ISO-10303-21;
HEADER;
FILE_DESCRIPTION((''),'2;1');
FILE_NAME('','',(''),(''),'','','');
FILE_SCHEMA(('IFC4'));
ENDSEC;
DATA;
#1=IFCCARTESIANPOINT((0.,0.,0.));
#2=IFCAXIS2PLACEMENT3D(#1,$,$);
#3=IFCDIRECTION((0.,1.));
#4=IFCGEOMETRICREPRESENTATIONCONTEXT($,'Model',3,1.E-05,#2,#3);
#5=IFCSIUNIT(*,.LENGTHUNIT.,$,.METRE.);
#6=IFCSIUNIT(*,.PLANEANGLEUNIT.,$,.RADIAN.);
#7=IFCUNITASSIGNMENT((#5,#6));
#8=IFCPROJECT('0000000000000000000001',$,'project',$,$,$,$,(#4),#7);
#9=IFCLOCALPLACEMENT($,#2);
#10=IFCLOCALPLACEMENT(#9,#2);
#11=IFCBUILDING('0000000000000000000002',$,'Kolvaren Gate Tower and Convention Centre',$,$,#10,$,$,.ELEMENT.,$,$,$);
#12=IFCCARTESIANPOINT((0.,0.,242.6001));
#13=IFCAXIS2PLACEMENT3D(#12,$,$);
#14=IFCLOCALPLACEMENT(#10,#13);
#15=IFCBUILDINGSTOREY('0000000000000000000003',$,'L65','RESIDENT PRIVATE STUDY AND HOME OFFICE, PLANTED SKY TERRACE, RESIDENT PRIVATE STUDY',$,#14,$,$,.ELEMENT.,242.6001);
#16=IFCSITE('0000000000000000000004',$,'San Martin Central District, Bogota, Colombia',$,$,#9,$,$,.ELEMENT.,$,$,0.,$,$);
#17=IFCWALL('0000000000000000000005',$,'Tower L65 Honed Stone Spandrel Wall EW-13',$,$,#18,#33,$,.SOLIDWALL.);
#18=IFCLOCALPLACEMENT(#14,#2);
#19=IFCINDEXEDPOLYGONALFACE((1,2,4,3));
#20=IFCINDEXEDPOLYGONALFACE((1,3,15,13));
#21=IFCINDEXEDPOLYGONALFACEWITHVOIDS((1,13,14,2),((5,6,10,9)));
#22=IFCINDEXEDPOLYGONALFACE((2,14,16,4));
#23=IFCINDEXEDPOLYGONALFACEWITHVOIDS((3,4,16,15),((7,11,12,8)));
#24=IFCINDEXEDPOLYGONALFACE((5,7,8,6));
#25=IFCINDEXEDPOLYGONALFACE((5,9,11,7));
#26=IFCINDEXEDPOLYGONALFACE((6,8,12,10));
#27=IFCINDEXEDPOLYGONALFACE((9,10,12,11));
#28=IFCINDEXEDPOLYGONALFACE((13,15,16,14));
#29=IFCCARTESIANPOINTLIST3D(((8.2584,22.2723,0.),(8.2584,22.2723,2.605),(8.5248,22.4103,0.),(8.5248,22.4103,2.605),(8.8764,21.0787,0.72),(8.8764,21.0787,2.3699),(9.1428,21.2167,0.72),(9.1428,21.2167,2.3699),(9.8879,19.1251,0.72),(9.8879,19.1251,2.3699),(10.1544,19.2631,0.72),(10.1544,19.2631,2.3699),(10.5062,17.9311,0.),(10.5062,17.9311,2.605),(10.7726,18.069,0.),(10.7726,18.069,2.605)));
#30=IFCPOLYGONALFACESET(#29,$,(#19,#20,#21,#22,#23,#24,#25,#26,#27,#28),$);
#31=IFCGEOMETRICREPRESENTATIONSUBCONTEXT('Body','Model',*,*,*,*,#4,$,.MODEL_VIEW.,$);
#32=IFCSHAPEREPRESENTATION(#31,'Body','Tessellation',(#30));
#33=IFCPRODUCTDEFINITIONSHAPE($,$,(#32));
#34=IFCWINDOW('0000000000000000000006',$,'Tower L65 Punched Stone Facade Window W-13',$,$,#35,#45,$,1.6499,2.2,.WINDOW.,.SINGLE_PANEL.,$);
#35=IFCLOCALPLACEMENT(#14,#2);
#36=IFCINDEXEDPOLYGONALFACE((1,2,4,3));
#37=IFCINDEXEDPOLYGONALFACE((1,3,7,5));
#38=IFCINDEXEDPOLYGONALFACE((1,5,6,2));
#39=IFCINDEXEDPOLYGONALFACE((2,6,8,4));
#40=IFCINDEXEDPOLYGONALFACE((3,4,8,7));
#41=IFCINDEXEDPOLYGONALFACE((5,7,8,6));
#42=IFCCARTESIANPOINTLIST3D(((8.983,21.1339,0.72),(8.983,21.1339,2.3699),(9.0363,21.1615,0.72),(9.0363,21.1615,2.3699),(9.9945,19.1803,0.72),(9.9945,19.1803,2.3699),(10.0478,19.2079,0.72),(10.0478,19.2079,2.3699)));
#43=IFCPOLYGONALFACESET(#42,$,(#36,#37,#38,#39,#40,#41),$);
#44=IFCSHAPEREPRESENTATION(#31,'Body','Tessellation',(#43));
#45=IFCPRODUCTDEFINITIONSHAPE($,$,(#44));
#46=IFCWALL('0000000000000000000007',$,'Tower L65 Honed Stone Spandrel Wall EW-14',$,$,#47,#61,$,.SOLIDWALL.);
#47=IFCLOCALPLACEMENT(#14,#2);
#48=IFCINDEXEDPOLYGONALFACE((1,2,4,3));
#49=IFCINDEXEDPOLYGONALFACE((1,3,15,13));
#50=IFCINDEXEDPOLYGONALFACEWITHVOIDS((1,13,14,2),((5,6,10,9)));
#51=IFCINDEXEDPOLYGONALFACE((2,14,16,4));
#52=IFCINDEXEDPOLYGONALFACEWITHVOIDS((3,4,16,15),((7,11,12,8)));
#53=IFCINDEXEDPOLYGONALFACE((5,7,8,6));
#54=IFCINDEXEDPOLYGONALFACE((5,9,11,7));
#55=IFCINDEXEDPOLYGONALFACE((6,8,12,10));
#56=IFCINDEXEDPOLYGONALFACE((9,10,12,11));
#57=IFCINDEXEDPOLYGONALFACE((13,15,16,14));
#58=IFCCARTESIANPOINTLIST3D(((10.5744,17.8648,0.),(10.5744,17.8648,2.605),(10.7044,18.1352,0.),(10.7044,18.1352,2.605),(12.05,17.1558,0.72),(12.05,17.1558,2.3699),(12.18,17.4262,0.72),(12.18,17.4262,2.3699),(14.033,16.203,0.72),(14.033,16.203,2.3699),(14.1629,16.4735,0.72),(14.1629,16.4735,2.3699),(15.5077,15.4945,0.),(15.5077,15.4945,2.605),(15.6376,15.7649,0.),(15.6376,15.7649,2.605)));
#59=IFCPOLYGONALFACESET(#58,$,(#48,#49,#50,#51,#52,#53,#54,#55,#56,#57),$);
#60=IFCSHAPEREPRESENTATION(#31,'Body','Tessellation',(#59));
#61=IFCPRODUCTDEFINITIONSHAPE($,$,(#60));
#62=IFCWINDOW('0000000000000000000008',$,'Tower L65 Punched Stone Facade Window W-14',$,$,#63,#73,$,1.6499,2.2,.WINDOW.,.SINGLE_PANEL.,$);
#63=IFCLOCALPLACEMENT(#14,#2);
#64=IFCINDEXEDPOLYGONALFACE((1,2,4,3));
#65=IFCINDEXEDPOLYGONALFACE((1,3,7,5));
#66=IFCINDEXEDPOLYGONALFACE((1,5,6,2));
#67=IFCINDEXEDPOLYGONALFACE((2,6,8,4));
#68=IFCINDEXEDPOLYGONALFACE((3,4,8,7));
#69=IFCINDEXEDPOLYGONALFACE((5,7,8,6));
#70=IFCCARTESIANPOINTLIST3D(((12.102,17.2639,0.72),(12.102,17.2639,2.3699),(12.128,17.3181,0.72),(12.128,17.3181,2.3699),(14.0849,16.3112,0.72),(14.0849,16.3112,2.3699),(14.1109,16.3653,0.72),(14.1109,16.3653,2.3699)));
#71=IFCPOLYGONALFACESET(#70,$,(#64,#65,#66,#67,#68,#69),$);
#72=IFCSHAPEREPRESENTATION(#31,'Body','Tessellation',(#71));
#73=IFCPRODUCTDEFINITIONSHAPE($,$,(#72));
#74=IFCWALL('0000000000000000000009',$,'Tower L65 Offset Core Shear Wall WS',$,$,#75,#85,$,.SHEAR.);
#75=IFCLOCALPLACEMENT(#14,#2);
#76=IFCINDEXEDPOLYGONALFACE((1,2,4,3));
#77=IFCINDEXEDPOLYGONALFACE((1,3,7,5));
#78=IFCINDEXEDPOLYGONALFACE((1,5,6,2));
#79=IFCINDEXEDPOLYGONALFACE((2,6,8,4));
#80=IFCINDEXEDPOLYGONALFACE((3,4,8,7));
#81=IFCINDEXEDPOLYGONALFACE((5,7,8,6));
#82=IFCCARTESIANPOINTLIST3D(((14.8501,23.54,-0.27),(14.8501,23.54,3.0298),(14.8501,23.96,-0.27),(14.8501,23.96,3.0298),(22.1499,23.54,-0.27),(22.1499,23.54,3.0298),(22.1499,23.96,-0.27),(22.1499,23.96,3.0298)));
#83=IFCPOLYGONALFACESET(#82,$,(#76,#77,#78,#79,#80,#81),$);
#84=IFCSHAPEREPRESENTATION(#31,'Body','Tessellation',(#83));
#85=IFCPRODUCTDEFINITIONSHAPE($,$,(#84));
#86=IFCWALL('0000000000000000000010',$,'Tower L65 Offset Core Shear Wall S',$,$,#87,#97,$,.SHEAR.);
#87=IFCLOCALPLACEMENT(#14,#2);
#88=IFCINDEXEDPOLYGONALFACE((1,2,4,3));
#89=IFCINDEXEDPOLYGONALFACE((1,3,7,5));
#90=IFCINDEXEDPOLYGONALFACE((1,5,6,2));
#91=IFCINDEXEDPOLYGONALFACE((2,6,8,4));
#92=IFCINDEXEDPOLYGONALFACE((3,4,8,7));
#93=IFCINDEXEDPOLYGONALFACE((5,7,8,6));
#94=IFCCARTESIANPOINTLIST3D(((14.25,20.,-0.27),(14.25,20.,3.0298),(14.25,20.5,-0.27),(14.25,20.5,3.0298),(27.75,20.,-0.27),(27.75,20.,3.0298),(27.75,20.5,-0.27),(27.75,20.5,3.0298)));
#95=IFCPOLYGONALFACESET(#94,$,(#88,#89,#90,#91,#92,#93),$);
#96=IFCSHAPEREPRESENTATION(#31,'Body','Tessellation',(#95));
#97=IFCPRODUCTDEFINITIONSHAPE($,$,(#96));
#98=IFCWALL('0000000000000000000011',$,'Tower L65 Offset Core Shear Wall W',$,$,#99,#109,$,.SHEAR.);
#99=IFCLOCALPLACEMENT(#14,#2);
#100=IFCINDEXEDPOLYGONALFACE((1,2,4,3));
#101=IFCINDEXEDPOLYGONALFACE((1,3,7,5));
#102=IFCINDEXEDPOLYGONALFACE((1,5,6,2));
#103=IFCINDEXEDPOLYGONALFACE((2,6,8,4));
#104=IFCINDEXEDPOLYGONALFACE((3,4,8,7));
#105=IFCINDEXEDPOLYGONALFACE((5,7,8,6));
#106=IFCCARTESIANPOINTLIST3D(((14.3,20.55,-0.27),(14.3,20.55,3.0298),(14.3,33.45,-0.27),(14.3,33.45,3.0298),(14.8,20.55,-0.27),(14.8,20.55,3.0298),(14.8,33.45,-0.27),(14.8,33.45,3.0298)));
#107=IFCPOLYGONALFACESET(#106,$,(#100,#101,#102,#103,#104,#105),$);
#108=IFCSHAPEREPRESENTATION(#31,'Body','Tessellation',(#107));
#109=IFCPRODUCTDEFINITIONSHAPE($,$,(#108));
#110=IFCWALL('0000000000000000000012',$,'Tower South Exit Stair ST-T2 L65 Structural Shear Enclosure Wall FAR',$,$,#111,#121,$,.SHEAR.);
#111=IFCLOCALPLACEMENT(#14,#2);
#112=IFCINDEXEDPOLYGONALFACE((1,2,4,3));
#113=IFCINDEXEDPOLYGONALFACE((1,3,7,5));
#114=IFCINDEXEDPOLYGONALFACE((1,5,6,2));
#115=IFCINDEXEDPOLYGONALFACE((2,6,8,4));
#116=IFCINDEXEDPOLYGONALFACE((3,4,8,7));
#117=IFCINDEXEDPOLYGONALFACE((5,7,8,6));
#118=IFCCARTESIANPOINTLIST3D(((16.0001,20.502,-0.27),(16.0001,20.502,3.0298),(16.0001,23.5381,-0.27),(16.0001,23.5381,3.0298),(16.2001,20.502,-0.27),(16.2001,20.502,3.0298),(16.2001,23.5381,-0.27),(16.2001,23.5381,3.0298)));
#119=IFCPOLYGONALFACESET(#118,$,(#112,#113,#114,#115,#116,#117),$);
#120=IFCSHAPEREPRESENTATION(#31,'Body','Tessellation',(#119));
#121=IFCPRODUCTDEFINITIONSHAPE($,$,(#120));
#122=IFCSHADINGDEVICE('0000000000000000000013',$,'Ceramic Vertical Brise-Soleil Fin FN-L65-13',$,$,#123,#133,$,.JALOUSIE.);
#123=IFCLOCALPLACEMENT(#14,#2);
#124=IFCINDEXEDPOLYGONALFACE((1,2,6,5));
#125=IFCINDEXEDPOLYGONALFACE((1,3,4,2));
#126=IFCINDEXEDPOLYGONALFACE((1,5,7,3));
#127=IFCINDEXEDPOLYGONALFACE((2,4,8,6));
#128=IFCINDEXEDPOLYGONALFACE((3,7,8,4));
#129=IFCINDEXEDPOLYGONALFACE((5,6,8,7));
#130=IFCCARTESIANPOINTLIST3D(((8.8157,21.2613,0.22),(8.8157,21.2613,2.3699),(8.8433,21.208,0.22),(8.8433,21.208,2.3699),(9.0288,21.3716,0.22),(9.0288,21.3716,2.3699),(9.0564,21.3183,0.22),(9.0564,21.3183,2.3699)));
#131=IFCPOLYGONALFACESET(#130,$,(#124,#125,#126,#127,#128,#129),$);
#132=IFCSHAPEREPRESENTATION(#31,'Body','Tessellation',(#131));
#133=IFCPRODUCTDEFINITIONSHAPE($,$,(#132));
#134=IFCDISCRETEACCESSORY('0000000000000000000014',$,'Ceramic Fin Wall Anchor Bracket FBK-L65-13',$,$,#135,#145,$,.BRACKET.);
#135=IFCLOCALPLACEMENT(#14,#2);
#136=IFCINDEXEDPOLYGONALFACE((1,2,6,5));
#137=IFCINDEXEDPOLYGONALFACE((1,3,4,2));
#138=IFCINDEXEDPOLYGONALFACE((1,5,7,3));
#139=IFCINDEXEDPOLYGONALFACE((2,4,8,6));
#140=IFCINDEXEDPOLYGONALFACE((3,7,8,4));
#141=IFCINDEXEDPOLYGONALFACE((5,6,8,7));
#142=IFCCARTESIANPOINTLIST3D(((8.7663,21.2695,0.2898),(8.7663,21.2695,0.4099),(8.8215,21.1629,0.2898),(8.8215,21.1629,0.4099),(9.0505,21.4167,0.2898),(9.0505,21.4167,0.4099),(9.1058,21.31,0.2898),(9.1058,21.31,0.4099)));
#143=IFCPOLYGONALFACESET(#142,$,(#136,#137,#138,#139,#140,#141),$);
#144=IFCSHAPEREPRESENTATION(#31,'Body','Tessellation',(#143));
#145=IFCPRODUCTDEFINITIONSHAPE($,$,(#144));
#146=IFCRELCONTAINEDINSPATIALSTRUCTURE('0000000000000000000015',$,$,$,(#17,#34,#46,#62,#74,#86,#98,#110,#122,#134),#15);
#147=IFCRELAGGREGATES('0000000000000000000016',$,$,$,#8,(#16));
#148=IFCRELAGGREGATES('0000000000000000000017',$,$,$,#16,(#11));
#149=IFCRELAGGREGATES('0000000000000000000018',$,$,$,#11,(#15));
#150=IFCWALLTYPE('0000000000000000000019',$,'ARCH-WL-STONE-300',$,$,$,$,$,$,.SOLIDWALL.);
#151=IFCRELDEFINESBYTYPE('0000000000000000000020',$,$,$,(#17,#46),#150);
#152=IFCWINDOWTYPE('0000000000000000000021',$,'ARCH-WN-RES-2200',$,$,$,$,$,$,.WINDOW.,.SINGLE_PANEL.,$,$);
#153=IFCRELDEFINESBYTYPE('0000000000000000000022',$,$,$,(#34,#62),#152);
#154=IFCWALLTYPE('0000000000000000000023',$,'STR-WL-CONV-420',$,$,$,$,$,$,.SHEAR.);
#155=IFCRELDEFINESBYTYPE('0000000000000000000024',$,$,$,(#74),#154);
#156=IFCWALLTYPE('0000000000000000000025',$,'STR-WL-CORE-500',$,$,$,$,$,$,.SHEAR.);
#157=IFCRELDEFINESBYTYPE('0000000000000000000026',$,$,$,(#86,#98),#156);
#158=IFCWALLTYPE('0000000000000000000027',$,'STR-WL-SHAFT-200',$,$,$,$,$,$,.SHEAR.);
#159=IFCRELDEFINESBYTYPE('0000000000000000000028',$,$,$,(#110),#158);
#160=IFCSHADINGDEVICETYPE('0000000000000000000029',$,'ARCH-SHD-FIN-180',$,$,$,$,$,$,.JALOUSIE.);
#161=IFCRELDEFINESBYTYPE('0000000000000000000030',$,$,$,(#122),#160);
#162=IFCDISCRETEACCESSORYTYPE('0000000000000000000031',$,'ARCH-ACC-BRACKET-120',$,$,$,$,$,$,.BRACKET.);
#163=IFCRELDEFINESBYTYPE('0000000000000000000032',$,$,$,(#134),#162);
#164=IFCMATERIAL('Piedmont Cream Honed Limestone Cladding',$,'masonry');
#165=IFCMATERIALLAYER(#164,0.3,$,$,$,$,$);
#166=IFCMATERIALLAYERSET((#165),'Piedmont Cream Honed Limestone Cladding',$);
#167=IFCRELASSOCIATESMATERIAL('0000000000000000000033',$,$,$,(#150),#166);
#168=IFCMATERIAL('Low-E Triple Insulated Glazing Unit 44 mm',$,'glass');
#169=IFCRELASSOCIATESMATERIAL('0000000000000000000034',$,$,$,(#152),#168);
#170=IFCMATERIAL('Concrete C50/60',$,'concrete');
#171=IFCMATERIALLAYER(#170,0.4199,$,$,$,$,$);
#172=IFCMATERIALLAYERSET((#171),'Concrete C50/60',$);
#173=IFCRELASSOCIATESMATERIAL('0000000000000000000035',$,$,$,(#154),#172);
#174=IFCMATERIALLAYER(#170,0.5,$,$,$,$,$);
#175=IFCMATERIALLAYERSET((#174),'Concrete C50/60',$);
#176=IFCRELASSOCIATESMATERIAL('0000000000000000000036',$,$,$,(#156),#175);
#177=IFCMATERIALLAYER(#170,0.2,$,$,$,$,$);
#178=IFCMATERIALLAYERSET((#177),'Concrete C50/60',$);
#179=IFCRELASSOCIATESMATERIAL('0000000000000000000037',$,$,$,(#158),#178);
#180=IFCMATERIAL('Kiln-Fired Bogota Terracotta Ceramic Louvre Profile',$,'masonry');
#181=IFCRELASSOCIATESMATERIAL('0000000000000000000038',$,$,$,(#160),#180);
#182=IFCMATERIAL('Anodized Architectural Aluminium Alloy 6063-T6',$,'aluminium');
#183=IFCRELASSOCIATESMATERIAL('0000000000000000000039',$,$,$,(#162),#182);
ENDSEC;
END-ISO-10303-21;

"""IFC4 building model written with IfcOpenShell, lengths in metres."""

from ifc_helpers import new_model, si_unit, direction, frame, frame_2d, origin, origin_2d, place, context, subcontext, project, spatial, rectangle, extrude, material, layer, layer_set, type_object, element, fill, save


model = new_model("IFC4")

# Units and contexts
model_context = context("Model", 3, precision=1e-05, world=origin(), true_north=direction((0.0, 1.0)))
body_context = subcontext(model_context, "Body", "Model", "MODEL_VIEW")
ifc_project = project(units=[si_unit("LENGTHUNIT", "METRE"), si_unit("PLANEANGLEUNIT", "RADIAN")], contexts=[model_context])

# Site, building, storey
site_placement = place(None, origin())
site = spatial("IfcSite", under=ifc_project, at=site_placement, Name="San Martin Central District, Bogota, Colombia", CompositionType="ELEMENT", RefElevation=0.0)
building_placement = place(site_placement, origin())
building = spatial("IfcBuilding", under=site, at=building_placement, Name="Kolvaren Gate Tower and Convention Centre", CompositionType="ELEMENT")
storey_placement = place(building_placement, frame((0.0, 0.0, 242.6001)))
storey = spatial("IfcBuildingStorey", under=building, at=storey_placement, Name="L65", Description="RESIDENT PRIVATE STUDY AND HOME OFFICE, PLANTED SKY TERRACE, RESIDENT PRIVATE STUDY", CompositionType="ELEMENT", Elevation=242.6001)

# Walls, openings, windows
ifc_material_1 = material(Name="Piedmont Cream Honed Limestone Cladding", Category="masonry")
ifc_layer_1 = layer(ifc_material_1, 0.3)
ifc_layer_set_1 = layer_set([ifc_layer_1], Name="Piedmont Cream Honed Limestone Cladding")
wall_type_1 = type_object("IfcWallType", Name="ARCH-WL-STONE-300", PredefinedType="SOLIDWALL", material=ifc_layer_set_1)
wall_1_placement = place(storey_placement, frame((8.3916, 22.3413, 0.0), z_axis=(0.0, 0.0, 1.0), x_axis=(0.459794, -0.888026, 0.0)))
wall_1 = element("IfcWall", 1, at=wall_1_placement, inside=storey, type_object=wall_type_1, Name="Tower L65 Honed Stone Spandrel Wall EW-13", PredefinedType="SOLIDWALL", context=body_context, shape_type="SweptSolid", body=[
    extrude(rectangle(XDim=4.8887, YDim=0.3, at=frame_2d((2.4443, 0.0))), origin(), (0.0, 0.0, 1.0), 2.605),
])
opening_1_placement = place(wall_1_placement, frame((1.344, 0.0, 0.72)))
opening_1 = element("IfcOpeningElement", 2, at=opening_1_placement, cuts=wall_1, PredefinedType="OPENING", context=body_context, shape_type="SweptSolid", body=[
    extrude(rectangle(XDim=2.2, YDim=1.6499, at=frame_2d((1.1001, 0.825))), frame((0.0, 0.1599, 0.0), z_axis=(0.0, -1.0, 0.0), x_axis=(1.0, 0.0, 0.0)), (0.0, 0.0, 1.0), 0.3201),
])
ifc_material_2 = material(Name="Low-E Triple Insulated Glazing Unit 44 mm", Category="glass")
window_type = type_object("IfcWindowType", Name="ARCH-WN-RES-2200", PartitioningType="SINGLE_PANEL", PredefinedType="WINDOW", material=ifc_material_2)
window_1_placement = place(opening_1_placement, origin())
window_1 = element("IfcWindow", 3, at=window_1_placement, inside=storey, type_object=window_type, Name="Tower L65 Punched Stone Facade Window W-13", OverallHeight=1.6499, OverallWidth=2.2, PartitioningType="SINGLE_PANEL", PredefinedType="WINDOW", context=body_context, shape_type="SweptSolid", body=[
    extrude(rectangle(XDim=2.2, YDim=1.6499, at=frame_2d((1.1001, 0.825))), frame((0.0, 0.03, 0.0), z_axis=(0.0, -1.0, 0.0), x_axis=(1.0, 0.0, 0.0)), (0.0, 0.0, 1.0), 0.0601),
])
fill(opening_1, window_1)
wall_2_placement = place(storey_placement, frame((10.6394, 18.0, 0.0), z_axis=(0.0, 0.0, 1.0), x_axis=(0.901355, -0.433081, 0.0)))
wall_2 = element("IfcWall", 4, at=wall_2_placement, inside=storey, type_object=wall_type_1, Name="Tower L65 Honed Stone Spandrel Wall EW-14", PredefinedType="SOLIDWALL", context=body_context, shape_type="SweptSolid", body=[
    extrude(rectangle(XDim=5.4731, YDim=0.3, at=frame_2d((2.7366, 0.0))), origin(), (0.0, 0.0, 1.0), 2.605),
])
opening_2_placement = place(wall_2_placement, frame((1.637, 0.0, 0.72)))
opening_2 = element("IfcOpeningElement", 5, at=opening_2_placement, cuts=wall_2, PredefinedType="OPENING", context=body_context, shape_type="SweptSolid", body=[
    extrude(rectangle(XDim=2.2, YDim=1.6499, at=frame_2d((1.1001, 0.825))), frame((0.0, 0.1599, 0.0), z_axis=(0.0, -1.0, 0.0), x_axis=(1.0, 0.0, 0.0)), (0.0, 0.0, 1.0), 0.3201),
])
window_2_placement = place(opening_2_placement, origin())
window_2 = element("IfcWindow", 6, at=window_2_placement, inside=storey, type_object=window_type, Name="Tower L65 Punched Stone Facade Window W-14", OverallHeight=1.6499, OverallWidth=2.2, PartitioningType="SINGLE_PANEL", PredefinedType="WINDOW", context=body_context, shape_type="SweptSolid", body=[
    extrude(rectangle(XDim=2.2, YDim=1.6499, at=frame_2d((1.1001, 0.825))), frame((0.0, 0.03, 0.0), z_axis=(0.0, -1.0, 0.0), x_axis=(1.0, 0.0, 0.0)), (0.0, 0.0, 1.0), 0.0601),
])
fill(opening_2, window_2)

# Walls
ifc_material_3 = material(Name="Concrete C50/60", Category="concrete")
ifc_layer_2 = layer(ifc_material_3, 0.4199)
ifc_layer_set_2 = layer_set([ifc_layer_2], Name="Concrete C50/60")
wall_type_2 = type_object("IfcWallType", Name="STR-WL-CONV-420", PredefinedType="SHEAR", material=ifc_layer_set_2)
wall_3_placement = place(storey_placement, frame((14.8501, 23.75, -0.27), z_axis=(0.0, 0.0, 1.0), x_axis=(1.0, 0.0, 0.0)))
element("IfcWall", 7, at=wall_3_placement, inside=storey, type_object=wall_type_2, Name="Tower L65 Offset Core Shear Wall WS", PredefinedType="SHEAR", context=body_context, shape_type="SweptSolid", body=[
    extrude(rectangle(XDim=7.2998, YDim=0.4199, at=frame_2d((3.6499, 0.0))), origin(), (0.0, 0.0, 1.0), 3.2998),
])
ifc_layer_3 = layer(ifc_material_3, 0.5)
ifc_layer_set_3 = layer_set([ifc_layer_3], Name="Concrete C50/60")
wall_type_3 = type_object("IfcWallType", Name="STR-WL-CORE-500", PredefinedType="SHEAR", material=ifc_layer_set_3)
wall_4_placement = place(storey_placement, frame((14.25, 20.25, -0.27), z_axis=(0.0, 0.0, 1.0), x_axis=(1.0, 0.0, 0.0)))
element("IfcWall", 8, at=wall_4_placement, inside=storey, type_object=wall_type_3, Name="Tower L65 Offset Core Shear Wall S", PredefinedType="SHEAR", context=body_context, shape_type="SweptSolid", body=[
    extrude(rectangle(XDim=13.5, YDim=0.5, at=frame_2d((6.75, 0.0))), origin(), (0.0, 0.0, 1.0), 3.2998),
])
wall_5_placement = place(storey_placement, frame((14.55, 20.55, -0.27), z_axis=(0.0, 0.0, 1.0), x_axis=(0.0, 1.0, 0.0)))
element("IfcWall", 9, at=wall_5_placement, inside=storey, type_object=wall_type_3, Name="Tower L65 Offset Core Shear Wall W", PredefinedType="SHEAR", context=body_context, shape_type="SweptSolid", body=[
    extrude(rectangle(XDim=12.8999, YDim=0.5, at=frame_2d((6.45, 0.0))), origin(), (0.0, 0.0, 1.0), 3.2998),
])
ifc_layer_4 = layer(ifc_material_3, 0.2)
ifc_layer_set_4 = layer_set([ifc_layer_4], Name="Concrete C50/60")
wall_type_4 = type_object("IfcWallType", Name="STR-WL-SHAFT-200", PredefinedType="SHEAR", material=ifc_layer_set_4)
wall_6_placement = place(storey_placement, frame((16.1001, 20.502, -0.27), z_axis=(0.0, 0.0, 1.0), x_axis=(0.0, 1.0, 0.0)))
element("IfcWall", 10, at=wall_6_placement, inside=storey, type_object=wall_type_4, Name="Tower South Exit Stair ST-T2 L65 Structural Shear Enclosure Wall FAR", PredefinedType="SHEAR", context=body_context, shape_type="SweptSolid", body=[
    extrude(rectangle(XDim=3.0361, YDim=0.2, at=frame_2d((1.5181, 0.0))), origin(), (0.0, 0.0, 1.0), 3.2998),
])

# Shading device
ifc_material_4 = material(Name="Kiln-Fired Bogota Terracotta Ceramic Louvre Profile", Category="masonry")
shading_device_type = type_object("IfcShadingDeviceType", Name="ARCH-SHD-FIN-180", PredefinedType="JALOUSIE", material=ifc_material_4)
shading_device_placement = place(storey_placement, frame((8.936, 21.2898, 0.22), z_axis=(0.0, 0.0, 1.0), x_axis=(0.459778, -0.888034, 0.0)))
element("IfcShadingDevice", 11, at=shading_device_placement, inside=storey, type_object=shading_device_type, Name="Ceramic Vertical Brise-Soleil Fin FN-L65-13", PredefinedType="JALOUSIE", context=body_context, shape_type="SweptSolid", body=[
    extrude(rectangle(XDim=0.0601, YDim=0.24, at=origin_2d()), origin(), (0.0, 0.0, 1.0), 2.1499),
])

# Discrete accessory
ifc_material_5 = material(Name="Anodized Architectural Aluminium Alloy 6063-T6", Category="aluminium")
discrete_accessory_type = type_object("IfcDiscreteAccessoryType", Name="ARCH-ACC-BRACKET-120", PredefinedType="BRACKET", material=ifc_material_5)
discrete_accessory_placement = place(storey_placement, frame((8.936, 21.2898, 0.2898), z_axis=(0.0, 0.0, 1.0), x_axis=(0.459778, -0.888034, 0.0)))
element("IfcDiscreteAccessory", 12, at=discrete_accessory_placement, inside=storey, type_object=discrete_accessory_type, Name="Ceramic Fin Wall Anchor Bracket FBK-L65-13", PredefinedType="BRACKET", context=body_context, shape_type="SweptSolid", body=[
    extrude(rectangle(XDim=0.1201, YDim=0.3201, at=origin_2d()), origin(), (0.0, 0.0, 1.0), 0.1201),
])

save(model, "model.ifc")
